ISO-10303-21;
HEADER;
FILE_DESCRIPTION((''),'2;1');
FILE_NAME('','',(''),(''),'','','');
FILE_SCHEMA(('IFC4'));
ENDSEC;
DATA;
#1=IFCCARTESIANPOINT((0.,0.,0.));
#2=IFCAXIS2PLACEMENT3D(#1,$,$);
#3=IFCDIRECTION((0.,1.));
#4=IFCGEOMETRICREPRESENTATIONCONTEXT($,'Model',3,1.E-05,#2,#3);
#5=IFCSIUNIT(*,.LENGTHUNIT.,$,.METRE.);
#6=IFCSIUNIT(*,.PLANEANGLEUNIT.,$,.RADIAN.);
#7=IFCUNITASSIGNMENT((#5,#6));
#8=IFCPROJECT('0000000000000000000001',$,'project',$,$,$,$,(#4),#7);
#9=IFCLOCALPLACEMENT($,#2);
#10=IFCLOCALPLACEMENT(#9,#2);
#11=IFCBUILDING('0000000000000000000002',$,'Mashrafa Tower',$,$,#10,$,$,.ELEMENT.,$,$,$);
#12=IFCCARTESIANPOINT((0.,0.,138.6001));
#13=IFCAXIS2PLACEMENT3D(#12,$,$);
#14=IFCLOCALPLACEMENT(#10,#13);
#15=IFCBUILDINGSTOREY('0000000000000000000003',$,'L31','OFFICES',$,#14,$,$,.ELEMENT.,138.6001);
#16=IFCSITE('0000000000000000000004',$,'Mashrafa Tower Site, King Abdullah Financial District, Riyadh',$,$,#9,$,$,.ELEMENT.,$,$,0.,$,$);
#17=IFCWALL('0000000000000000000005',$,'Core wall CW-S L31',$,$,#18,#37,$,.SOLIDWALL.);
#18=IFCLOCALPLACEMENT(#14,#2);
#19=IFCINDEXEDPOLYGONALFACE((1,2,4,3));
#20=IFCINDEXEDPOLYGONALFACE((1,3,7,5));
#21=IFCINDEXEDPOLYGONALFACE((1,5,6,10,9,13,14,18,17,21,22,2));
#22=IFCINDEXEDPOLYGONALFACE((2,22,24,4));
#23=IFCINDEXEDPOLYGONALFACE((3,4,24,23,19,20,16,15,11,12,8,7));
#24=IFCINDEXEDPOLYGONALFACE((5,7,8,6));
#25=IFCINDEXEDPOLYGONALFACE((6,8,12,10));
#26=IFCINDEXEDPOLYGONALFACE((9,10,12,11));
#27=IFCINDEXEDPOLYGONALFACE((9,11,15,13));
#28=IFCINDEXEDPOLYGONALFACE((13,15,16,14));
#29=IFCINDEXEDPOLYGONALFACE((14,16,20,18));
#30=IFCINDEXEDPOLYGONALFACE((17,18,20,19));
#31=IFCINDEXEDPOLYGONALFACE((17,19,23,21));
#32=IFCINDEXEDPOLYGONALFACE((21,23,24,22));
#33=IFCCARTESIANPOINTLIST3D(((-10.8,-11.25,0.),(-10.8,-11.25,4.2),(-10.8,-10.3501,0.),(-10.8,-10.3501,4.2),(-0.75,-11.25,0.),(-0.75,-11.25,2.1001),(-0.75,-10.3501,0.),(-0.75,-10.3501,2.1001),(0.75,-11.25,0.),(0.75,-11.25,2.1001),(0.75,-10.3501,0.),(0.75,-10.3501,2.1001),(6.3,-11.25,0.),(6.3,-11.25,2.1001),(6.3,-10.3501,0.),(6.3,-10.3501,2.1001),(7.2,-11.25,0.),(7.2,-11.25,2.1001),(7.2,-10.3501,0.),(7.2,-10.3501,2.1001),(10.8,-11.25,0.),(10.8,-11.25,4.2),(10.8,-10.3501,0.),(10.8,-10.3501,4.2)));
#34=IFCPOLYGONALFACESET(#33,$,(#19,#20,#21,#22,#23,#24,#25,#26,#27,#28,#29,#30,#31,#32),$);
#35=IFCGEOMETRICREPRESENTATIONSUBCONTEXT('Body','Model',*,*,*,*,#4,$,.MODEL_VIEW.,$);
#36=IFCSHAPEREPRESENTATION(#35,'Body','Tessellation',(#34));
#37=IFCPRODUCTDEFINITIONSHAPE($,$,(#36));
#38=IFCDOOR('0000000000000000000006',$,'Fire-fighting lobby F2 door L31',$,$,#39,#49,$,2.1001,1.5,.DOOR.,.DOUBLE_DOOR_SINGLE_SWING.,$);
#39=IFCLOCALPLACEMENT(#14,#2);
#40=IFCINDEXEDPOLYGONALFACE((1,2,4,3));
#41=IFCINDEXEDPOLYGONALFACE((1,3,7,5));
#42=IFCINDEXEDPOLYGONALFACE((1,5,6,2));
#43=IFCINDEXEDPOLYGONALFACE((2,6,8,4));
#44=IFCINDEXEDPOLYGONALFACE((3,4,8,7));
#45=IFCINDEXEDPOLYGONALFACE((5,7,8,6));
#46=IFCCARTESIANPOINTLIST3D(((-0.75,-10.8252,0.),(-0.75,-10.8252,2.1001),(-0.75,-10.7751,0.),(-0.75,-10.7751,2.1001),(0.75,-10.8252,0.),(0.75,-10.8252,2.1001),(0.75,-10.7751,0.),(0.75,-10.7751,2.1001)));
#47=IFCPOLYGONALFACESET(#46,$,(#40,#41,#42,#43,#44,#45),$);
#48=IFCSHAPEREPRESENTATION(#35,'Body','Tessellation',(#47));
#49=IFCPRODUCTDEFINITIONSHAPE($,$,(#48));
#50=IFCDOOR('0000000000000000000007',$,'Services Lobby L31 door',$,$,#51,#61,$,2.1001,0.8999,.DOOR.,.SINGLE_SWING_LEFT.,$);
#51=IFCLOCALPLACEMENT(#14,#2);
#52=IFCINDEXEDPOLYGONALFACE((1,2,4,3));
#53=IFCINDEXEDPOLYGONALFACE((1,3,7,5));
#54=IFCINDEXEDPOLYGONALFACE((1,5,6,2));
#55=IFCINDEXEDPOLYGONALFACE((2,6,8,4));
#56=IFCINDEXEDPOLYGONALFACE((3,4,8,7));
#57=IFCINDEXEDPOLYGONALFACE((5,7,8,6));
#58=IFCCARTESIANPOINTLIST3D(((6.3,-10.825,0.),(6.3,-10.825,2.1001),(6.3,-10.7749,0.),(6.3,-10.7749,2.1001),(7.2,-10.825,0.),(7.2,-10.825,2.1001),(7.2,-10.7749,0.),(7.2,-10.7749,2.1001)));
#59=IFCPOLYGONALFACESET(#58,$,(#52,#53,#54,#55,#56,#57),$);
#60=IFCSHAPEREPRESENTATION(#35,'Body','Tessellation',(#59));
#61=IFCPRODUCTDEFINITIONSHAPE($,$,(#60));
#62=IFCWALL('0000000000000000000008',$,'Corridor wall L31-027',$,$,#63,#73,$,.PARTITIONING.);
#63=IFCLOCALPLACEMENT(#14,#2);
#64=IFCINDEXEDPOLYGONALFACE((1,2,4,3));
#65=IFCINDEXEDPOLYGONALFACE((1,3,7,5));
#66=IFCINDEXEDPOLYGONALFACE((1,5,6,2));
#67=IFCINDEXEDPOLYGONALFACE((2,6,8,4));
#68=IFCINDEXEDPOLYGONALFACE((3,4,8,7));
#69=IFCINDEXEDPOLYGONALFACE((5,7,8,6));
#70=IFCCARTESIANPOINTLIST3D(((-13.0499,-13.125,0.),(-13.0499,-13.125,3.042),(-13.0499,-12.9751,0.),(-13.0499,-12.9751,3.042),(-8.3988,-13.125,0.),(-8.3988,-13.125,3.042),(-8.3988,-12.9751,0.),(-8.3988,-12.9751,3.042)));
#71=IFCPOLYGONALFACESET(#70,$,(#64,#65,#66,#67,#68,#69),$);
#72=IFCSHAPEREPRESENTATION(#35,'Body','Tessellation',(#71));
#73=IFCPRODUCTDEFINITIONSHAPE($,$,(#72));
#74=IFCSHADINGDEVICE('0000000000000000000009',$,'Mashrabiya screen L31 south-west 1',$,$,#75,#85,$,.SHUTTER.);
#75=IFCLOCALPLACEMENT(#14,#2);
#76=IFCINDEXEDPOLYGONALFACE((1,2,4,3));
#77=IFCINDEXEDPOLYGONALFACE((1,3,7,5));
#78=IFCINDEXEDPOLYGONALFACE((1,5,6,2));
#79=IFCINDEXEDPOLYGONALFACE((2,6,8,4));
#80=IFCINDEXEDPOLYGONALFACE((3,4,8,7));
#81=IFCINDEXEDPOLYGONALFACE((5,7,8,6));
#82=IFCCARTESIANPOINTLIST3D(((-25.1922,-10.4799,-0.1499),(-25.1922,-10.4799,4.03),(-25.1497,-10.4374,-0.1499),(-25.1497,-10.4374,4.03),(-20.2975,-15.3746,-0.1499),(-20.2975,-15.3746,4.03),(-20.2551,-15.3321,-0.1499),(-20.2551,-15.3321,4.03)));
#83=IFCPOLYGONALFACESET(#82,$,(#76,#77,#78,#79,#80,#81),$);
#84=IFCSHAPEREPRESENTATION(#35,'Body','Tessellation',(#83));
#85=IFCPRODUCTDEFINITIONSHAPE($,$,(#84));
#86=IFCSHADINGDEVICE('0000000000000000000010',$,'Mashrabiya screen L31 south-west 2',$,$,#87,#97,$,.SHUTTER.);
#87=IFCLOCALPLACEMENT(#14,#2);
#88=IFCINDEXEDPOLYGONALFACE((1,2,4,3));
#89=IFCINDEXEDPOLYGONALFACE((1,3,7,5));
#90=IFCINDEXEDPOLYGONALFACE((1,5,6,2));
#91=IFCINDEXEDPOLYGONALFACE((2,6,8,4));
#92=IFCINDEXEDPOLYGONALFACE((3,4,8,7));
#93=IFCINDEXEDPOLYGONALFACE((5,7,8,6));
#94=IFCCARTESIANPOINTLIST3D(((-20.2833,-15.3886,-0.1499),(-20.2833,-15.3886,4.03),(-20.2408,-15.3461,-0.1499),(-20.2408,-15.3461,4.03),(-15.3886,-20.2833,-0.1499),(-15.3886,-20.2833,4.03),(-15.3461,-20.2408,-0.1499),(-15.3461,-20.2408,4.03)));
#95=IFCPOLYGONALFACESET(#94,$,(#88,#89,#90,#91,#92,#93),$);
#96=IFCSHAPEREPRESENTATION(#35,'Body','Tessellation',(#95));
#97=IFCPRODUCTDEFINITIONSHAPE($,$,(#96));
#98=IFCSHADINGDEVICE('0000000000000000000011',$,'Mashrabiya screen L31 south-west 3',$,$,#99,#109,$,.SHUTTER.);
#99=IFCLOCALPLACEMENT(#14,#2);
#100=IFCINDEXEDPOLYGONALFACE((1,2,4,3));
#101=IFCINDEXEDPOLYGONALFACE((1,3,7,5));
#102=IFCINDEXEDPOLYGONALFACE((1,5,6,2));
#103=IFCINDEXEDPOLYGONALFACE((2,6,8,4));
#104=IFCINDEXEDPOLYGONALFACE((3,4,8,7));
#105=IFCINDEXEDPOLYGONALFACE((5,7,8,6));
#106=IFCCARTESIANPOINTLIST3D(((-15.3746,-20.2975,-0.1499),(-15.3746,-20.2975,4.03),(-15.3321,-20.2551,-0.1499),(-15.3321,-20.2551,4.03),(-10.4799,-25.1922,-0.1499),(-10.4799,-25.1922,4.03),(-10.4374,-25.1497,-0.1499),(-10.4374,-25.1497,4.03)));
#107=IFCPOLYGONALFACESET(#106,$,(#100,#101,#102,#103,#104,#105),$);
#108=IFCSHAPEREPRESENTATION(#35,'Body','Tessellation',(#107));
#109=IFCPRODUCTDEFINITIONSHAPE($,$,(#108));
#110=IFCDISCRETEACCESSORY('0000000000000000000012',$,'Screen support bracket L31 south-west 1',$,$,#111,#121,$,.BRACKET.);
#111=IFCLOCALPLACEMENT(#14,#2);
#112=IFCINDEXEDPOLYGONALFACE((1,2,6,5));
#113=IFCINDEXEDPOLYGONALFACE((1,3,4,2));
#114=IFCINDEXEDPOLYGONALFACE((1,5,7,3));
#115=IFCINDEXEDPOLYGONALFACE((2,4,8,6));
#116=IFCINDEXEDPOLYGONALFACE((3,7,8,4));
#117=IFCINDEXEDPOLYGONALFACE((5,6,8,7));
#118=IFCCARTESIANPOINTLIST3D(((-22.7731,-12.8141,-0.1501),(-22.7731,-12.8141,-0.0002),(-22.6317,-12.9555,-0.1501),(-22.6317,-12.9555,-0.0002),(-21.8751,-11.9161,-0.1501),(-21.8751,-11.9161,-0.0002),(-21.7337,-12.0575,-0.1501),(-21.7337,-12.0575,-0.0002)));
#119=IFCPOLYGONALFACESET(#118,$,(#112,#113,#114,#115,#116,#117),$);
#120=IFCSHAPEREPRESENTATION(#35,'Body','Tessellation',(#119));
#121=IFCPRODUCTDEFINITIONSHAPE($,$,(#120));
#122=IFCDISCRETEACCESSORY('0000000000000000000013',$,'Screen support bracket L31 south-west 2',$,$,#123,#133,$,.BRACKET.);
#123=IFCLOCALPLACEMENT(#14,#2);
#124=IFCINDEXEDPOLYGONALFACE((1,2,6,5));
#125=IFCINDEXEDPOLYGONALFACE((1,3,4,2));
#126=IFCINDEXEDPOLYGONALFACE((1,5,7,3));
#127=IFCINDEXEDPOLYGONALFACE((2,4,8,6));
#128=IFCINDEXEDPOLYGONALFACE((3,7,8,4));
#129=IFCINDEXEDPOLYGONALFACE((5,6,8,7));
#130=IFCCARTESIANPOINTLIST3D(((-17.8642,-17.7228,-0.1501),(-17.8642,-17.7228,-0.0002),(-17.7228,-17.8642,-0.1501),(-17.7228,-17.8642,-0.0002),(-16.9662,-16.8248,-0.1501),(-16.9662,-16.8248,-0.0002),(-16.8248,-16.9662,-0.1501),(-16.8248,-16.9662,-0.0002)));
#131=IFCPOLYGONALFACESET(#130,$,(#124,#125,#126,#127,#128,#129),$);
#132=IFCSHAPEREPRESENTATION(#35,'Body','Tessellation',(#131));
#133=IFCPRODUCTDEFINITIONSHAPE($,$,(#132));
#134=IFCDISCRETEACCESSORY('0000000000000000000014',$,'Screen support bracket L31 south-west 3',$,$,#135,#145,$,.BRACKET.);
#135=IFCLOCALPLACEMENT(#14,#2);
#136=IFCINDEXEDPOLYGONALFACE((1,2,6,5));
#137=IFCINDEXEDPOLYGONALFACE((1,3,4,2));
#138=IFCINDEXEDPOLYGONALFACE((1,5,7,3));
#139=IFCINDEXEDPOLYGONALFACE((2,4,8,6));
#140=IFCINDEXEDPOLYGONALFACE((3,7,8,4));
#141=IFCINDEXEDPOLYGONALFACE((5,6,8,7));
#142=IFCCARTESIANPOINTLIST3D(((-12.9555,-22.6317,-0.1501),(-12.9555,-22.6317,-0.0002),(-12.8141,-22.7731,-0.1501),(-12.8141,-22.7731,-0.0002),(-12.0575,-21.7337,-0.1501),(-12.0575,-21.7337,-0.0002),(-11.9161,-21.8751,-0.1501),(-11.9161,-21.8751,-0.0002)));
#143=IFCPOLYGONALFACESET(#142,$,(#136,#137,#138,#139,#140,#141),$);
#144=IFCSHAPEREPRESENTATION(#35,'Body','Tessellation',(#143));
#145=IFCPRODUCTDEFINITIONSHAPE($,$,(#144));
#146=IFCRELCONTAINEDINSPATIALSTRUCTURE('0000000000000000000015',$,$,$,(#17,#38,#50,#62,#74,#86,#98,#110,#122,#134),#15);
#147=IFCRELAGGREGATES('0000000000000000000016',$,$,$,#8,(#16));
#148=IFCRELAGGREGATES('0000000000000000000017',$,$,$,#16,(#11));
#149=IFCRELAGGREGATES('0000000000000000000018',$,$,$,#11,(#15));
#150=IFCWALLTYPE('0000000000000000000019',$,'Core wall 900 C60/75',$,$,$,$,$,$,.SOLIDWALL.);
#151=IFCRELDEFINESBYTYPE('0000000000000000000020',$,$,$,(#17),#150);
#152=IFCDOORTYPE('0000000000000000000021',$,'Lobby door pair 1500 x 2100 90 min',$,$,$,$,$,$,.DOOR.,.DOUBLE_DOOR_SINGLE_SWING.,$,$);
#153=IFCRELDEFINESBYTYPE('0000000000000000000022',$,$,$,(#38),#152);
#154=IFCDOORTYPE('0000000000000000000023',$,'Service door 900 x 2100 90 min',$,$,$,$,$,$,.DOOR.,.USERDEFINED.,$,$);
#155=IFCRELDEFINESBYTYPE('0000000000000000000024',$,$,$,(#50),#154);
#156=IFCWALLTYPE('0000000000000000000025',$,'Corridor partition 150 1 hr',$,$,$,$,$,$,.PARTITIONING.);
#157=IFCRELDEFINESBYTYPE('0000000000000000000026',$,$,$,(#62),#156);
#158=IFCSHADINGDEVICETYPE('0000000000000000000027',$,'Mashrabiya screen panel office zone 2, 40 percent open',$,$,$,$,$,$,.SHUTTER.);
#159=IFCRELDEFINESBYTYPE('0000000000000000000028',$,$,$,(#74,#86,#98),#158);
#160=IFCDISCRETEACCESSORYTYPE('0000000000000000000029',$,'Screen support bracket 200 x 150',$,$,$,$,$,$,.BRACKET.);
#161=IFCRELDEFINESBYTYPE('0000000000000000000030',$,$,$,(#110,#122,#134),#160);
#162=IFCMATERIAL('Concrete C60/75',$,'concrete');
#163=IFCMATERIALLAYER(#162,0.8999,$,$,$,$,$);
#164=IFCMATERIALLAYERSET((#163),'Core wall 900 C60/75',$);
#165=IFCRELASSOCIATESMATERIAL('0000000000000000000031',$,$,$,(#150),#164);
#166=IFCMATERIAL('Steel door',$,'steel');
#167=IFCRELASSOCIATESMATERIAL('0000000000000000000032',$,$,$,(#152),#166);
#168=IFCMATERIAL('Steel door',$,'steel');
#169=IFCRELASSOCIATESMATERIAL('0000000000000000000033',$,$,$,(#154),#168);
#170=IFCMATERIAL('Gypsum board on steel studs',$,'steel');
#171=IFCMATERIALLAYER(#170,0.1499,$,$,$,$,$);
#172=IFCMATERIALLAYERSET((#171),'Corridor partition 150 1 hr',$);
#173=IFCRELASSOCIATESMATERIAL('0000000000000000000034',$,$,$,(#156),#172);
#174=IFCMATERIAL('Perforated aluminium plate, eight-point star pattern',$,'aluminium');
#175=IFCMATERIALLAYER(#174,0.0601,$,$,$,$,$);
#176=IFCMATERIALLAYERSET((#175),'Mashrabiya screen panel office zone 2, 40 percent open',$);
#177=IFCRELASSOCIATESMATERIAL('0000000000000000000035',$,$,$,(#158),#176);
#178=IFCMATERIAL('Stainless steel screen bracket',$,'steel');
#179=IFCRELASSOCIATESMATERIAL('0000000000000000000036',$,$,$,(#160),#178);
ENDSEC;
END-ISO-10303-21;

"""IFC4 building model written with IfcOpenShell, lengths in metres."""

from ifc_helpers import new_model, si_unit, direction, frame, frame_2d, origin, origin_2d, place, context, subcontext, project, spatial, rectangle, extrude, source, transform, mapped, material, layer, layer_set, type_object, type_shapes, element, fill, save


model = new_model("IFC4")

# Units and contexts
model_context = context("Model", 3, precision=1e-05, world=origin(), true_north=direction((0.0, 1.0)))
body_context = subcontext(model_context, "Body", "Model", "MODEL_VIEW")
ifc_project = project(units=[si_unit("LENGTHUNIT", "METRE"), si_unit("PLANEANGLEUNIT", "RADIAN")], contexts=[model_context])

# Site, building, storey
site_placement = place(None, origin())
site = spatial("IfcSite", under=ifc_project, at=site_placement, Name="Mashrafa Tower Site, King Abdullah Financial District, Riyadh", CompositionType="ELEMENT", RefElevation=0.0)
building_placement = place(site_placement, origin())
building = spatial("IfcBuilding", under=site, at=building_placement, Name="Mashrafa Tower", CompositionType="ELEMENT")
storey_placement = place(building_placement, frame((0.0, 0.0, 138.6001)))
storey = spatial("IfcBuildingStorey", under=building, at=storey_placement, Name="L31", Description="OFFICES", CompositionType="ELEMENT", Elevation=138.6001)

# Wall, openings, doors
ifc_material_1 = material(Name="Concrete C60/75", Category="concrete")
ifc_layer_1 = layer(ifc_material_1, 0.8999)
ifc_layer_set_1 = layer_set([ifc_layer_1], Name="Core wall 900 C60/75")
wall_type_1 = type_object("IfcWallType", Name="Core wall 900 C60/75", PredefinedType="SOLIDWALL", material=ifc_layer_set_1)
wall_1_placement = place(storey_placement, frame((-10.8, -10.8, 0.0), z_axis=(0.0, 0.0, 1.0), x_axis=(1.0, 0.0, 0.0)))
wall_1 = element("IfcWall", 1, at=wall_1_placement, inside=storey, type_object=wall_type_1, Name="Core wall CW-S L31", PredefinedType="SOLIDWALL", context=body_context, shape_type="SweptSolid", body=[
    extrude(rectangle(XDim=21.6001, YDim=0.8999, at=frame_2d((10.8, 0.0))), origin(), (0.0, 0.0, 1.0), 4.2),
])
opening_1_placement = place(wall_1_placement, frame((10.05, 0.0, 0.0)))
opening_1 = element("IfcOpeningElement", 2, at=opening_1_placement, cuts=wall_1, PredefinedType="OPENING", context=body_context, shape_type="SweptSolid", body=[
    extrude(rectangle(XDim=1.5, YDim=2.1001, at=frame_2d((0.75, 1.05))), frame((0.0, 0.46, 0.0), z_axis=(0.0, -1.0, 0.0), x_axis=(1.0, 0.0, 0.0)), (0.0, 0.0, 1.0), 0.9199),
])
opening_2_placement = place(wall_1_placement, frame((17.1001, 0.0, 0.0)))
opening_2 = element("IfcOpeningElement", 3, at=opening_2_placement, cuts=wall_1, PredefinedType="OPENING", context=body_context, shape_type="SweptSolid", body=[
    extrude(rectangle(XDim=0.8999, YDim=2.1001, at=frame_2d((0.45, 1.05))), frame((0.0, 0.46, 0.0), z_axis=(0.0, -1.0, 0.0), x_axis=(1.0, 0.0, 0.0)), (0.0, 0.0, 1.0), 0.9199),
])
ifc_material_2 = material(Name="Steel door", Category="steel")
door_type_1 = type_object("IfcDoorType", Name="Lobby door pair 1500 x 2100 90 min", OperationType="DOUBLE_DOOR_SINGLE_SWING", PredefinedType="DOOR", material=ifc_material_2)
door_1_placement = place(opening_1_placement, origin())
door_1 = element("IfcDoor", 4, at=door_1_placement, inside=storey, type_object=door_type_1, Name="Fire-fighting lobby F2 door L31", OperationType="DOUBLE_DOOR_SINGLE_SWING", OverallHeight=2.1001, OverallWidth=1.5, PredefinedType="DOOR", context=body_context, shape_type="SweptSolid", body=[
    extrude(rectangle(XDim=1.5, YDim=2.1001, at=frame_2d((0.75, 1.05))), frame((0.0, 0.0249, 0.0), z_axis=(0.0, -1.0, 0.0), x_axis=(1.0, 0.0, 0.0)), (0.0, 0.0, 1.0), 0.05),
])
fill(opening_1, door_1)
ifc_material_3 = material(Name="Steel door", Category="steel")
door_type_2 = type_object("IfcDoorType", Name="Service door 900 x 2100 90 min", OperationType="USERDEFINED", PredefinedType="DOOR", material=ifc_material_3)
door_2_placement = place(opening_2_placement, frame((0.8999, 0.0, 0.0), z_axis=(0.0, 0.0, 1.0), x_axis=(-1.0, 0.0, 0.0)))
door_2 = element("IfcDoor", 5, at=door_2_placement, inside=storey, type_object=door_type_2, Name="Services Lobby L31 door", OperationType="SINGLE_SWING_LEFT", OverallHeight=2.1001, OverallWidth=0.8999, PredefinedType="DOOR", context=body_context, shape_type="SweptSolid", body=[
    extrude(rectangle(XDim=0.8999, YDim=2.1001, at=frame_2d((0.45, 1.05))), frame((0.0, 0.0249, 0.0), z_axis=(0.0, -1.0, 0.0), x_axis=(1.0, 0.0, 0.0)), (0.0, 0.0, 1.0), 0.05),
])
fill(opening_2, door_2)

# Wall
ifc_material_4 = material(Name="Gypsum board on steel studs", Category="steel")
ifc_layer_2 = layer(ifc_material_4, 0.1499)
ifc_layer_set_2 = layer_set([ifc_layer_2], Name="Corridor partition 150 1 hr")
wall_type_2 = type_object("IfcWallType", Name="Corridor partition 150 1 hr", PredefinedType="PARTITIONING", material=ifc_layer_set_2)
wall_2_placement = place(storey_placement, frame((-13.05, -13.05, 0.0), z_axis=(0.0, 0.0, 1.0), x_axis=(1.0, 0.0, 0.0)))
element("IfcWall", 6, at=wall_2_placement, inside=storey, type_object=wall_type_2, Name="Corridor wall L31-027", PredefinedType="PARTITIONING", context=body_context, shape_type="SweptSolid", body=[
    extrude(rectangle(XDim=4.6511, YDim=0.1499, at=frame_2d((2.3257, 0.0))), origin(), (0.0, 0.0, 1.0), 3.042),
])

# Shading devices
ifc_material_5 = material(Name="Perforated aluminium plate, eight-point star pattern", Category="aluminium")
ifc_layer_3 = layer(ifc_material_5, 0.0601)
ifc_layer_set_3 = layer_set([ifc_layer_3], Name="Mashrabiya screen panel office zone 2, 40 percent open")
shading_device_type = type_object("IfcShadingDeviceType", Name="Mashrabiya screen panel office zone 2, 40 percent open", PredefinedType="SHUTTER", material=ifc_layer_set_3)
shared_shape_1 = source(origin(), body_context, "Body", "SweptSolid", [
    extrude(rectangle(XDim=6.9221, YDim=0.0601, at=origin_2d()), origin(), (0.0, 0.0, 1.0), 4.1799),
])
type_shapes(shading_device_type, [shared_shape_1])
for number, where, z_axis, x_axis, name in (
    (7, (-22.7236, -12.906, -0.1499), (0.0, 0.0, 1.0), (0.707107, -0.707107, 0.0), "Mashrabiya screen L31 south-west 1"),
    (8, (-17.8147, -17.8147, -0.1499), (0.0, 0.0, 1.0), (0.707107, -0.707107, 0.0), "Mashrabiya screen L31 south-west 2"),
    (9, (-12.906, -22.7236, -0.1499), (0.0, 0.0, 1.0), (0.707107, -0.707107, 0.0), "Mashrabiya screen L31 south-west 3"),
):
    element("IfcShadingDevice", number, at=place(storey_placement, frame(where, z_axis=z_axis, x_axis=x_axis)), inside=storey, type_object=shading_device_type, Name=name, PredefinedType="SHUTTER", context=body_context, shape_type="MappedRepresentation", body=[
        mapped(shared_shape_1, transform((0.0, 0.0, 0.0))),
    ])

# Discrete accessories
ifc_material_6 = material(Name="Stainless steel screen bracket", Category="steel")
discrete_accessory_type = type_object("IfcDiscreteAccessoryType", Name="Screen support bracket 200 x 150", PredefinedType="BRACKET", material=ifc_material_6)
shared_shape_2 = source(origin(), body_context, "Body", "SweptSolid", [
    extrude(rectangle(XDim=0.2, YDim=1.27, at=origin_2d()), origin(), (0.0, 0.0, 1.0), 0.1499),
])
type_shapes(discrete_accessory_type, [shared_shape_2])
for number, where, z_axis, x_axis, name in (
    (10, (-22.2534, -12.4358, -0.1501), (0.0, 0.0, 1.0), (0.707107, -0.707107, 0.0), "Screen support bracket L31 south-west 1"),
    (11, (-17.3445, -17.3445, -0.1501), (0.0, 0.0, 1.0), (0.707107, -0.707107, 0.0), "Screen support bracket L31 south-west 2"),
    (12, (-12.4358, -22.2534, -0.1501), (0.0, 0.0, 1.0), (0.707107, -0.707107, 0.0), "Screen support bracket L31 south-west 3"),
):
    element("IfcDiscreteAccessory", number, at=place(storey_placement, frame(where, z_axis=z_axis, x_axis=x_axis)), inside=storey, type_object=discrete_accessory_type, Name=name, PredefinedType="BRACKET", context=body_context, shape_type="MappedRepresentation", body=[
        mapped(shared_shape_2, transform((0.0, 0.0, 0.0))),
    ])

save(model, "model.ifc")
